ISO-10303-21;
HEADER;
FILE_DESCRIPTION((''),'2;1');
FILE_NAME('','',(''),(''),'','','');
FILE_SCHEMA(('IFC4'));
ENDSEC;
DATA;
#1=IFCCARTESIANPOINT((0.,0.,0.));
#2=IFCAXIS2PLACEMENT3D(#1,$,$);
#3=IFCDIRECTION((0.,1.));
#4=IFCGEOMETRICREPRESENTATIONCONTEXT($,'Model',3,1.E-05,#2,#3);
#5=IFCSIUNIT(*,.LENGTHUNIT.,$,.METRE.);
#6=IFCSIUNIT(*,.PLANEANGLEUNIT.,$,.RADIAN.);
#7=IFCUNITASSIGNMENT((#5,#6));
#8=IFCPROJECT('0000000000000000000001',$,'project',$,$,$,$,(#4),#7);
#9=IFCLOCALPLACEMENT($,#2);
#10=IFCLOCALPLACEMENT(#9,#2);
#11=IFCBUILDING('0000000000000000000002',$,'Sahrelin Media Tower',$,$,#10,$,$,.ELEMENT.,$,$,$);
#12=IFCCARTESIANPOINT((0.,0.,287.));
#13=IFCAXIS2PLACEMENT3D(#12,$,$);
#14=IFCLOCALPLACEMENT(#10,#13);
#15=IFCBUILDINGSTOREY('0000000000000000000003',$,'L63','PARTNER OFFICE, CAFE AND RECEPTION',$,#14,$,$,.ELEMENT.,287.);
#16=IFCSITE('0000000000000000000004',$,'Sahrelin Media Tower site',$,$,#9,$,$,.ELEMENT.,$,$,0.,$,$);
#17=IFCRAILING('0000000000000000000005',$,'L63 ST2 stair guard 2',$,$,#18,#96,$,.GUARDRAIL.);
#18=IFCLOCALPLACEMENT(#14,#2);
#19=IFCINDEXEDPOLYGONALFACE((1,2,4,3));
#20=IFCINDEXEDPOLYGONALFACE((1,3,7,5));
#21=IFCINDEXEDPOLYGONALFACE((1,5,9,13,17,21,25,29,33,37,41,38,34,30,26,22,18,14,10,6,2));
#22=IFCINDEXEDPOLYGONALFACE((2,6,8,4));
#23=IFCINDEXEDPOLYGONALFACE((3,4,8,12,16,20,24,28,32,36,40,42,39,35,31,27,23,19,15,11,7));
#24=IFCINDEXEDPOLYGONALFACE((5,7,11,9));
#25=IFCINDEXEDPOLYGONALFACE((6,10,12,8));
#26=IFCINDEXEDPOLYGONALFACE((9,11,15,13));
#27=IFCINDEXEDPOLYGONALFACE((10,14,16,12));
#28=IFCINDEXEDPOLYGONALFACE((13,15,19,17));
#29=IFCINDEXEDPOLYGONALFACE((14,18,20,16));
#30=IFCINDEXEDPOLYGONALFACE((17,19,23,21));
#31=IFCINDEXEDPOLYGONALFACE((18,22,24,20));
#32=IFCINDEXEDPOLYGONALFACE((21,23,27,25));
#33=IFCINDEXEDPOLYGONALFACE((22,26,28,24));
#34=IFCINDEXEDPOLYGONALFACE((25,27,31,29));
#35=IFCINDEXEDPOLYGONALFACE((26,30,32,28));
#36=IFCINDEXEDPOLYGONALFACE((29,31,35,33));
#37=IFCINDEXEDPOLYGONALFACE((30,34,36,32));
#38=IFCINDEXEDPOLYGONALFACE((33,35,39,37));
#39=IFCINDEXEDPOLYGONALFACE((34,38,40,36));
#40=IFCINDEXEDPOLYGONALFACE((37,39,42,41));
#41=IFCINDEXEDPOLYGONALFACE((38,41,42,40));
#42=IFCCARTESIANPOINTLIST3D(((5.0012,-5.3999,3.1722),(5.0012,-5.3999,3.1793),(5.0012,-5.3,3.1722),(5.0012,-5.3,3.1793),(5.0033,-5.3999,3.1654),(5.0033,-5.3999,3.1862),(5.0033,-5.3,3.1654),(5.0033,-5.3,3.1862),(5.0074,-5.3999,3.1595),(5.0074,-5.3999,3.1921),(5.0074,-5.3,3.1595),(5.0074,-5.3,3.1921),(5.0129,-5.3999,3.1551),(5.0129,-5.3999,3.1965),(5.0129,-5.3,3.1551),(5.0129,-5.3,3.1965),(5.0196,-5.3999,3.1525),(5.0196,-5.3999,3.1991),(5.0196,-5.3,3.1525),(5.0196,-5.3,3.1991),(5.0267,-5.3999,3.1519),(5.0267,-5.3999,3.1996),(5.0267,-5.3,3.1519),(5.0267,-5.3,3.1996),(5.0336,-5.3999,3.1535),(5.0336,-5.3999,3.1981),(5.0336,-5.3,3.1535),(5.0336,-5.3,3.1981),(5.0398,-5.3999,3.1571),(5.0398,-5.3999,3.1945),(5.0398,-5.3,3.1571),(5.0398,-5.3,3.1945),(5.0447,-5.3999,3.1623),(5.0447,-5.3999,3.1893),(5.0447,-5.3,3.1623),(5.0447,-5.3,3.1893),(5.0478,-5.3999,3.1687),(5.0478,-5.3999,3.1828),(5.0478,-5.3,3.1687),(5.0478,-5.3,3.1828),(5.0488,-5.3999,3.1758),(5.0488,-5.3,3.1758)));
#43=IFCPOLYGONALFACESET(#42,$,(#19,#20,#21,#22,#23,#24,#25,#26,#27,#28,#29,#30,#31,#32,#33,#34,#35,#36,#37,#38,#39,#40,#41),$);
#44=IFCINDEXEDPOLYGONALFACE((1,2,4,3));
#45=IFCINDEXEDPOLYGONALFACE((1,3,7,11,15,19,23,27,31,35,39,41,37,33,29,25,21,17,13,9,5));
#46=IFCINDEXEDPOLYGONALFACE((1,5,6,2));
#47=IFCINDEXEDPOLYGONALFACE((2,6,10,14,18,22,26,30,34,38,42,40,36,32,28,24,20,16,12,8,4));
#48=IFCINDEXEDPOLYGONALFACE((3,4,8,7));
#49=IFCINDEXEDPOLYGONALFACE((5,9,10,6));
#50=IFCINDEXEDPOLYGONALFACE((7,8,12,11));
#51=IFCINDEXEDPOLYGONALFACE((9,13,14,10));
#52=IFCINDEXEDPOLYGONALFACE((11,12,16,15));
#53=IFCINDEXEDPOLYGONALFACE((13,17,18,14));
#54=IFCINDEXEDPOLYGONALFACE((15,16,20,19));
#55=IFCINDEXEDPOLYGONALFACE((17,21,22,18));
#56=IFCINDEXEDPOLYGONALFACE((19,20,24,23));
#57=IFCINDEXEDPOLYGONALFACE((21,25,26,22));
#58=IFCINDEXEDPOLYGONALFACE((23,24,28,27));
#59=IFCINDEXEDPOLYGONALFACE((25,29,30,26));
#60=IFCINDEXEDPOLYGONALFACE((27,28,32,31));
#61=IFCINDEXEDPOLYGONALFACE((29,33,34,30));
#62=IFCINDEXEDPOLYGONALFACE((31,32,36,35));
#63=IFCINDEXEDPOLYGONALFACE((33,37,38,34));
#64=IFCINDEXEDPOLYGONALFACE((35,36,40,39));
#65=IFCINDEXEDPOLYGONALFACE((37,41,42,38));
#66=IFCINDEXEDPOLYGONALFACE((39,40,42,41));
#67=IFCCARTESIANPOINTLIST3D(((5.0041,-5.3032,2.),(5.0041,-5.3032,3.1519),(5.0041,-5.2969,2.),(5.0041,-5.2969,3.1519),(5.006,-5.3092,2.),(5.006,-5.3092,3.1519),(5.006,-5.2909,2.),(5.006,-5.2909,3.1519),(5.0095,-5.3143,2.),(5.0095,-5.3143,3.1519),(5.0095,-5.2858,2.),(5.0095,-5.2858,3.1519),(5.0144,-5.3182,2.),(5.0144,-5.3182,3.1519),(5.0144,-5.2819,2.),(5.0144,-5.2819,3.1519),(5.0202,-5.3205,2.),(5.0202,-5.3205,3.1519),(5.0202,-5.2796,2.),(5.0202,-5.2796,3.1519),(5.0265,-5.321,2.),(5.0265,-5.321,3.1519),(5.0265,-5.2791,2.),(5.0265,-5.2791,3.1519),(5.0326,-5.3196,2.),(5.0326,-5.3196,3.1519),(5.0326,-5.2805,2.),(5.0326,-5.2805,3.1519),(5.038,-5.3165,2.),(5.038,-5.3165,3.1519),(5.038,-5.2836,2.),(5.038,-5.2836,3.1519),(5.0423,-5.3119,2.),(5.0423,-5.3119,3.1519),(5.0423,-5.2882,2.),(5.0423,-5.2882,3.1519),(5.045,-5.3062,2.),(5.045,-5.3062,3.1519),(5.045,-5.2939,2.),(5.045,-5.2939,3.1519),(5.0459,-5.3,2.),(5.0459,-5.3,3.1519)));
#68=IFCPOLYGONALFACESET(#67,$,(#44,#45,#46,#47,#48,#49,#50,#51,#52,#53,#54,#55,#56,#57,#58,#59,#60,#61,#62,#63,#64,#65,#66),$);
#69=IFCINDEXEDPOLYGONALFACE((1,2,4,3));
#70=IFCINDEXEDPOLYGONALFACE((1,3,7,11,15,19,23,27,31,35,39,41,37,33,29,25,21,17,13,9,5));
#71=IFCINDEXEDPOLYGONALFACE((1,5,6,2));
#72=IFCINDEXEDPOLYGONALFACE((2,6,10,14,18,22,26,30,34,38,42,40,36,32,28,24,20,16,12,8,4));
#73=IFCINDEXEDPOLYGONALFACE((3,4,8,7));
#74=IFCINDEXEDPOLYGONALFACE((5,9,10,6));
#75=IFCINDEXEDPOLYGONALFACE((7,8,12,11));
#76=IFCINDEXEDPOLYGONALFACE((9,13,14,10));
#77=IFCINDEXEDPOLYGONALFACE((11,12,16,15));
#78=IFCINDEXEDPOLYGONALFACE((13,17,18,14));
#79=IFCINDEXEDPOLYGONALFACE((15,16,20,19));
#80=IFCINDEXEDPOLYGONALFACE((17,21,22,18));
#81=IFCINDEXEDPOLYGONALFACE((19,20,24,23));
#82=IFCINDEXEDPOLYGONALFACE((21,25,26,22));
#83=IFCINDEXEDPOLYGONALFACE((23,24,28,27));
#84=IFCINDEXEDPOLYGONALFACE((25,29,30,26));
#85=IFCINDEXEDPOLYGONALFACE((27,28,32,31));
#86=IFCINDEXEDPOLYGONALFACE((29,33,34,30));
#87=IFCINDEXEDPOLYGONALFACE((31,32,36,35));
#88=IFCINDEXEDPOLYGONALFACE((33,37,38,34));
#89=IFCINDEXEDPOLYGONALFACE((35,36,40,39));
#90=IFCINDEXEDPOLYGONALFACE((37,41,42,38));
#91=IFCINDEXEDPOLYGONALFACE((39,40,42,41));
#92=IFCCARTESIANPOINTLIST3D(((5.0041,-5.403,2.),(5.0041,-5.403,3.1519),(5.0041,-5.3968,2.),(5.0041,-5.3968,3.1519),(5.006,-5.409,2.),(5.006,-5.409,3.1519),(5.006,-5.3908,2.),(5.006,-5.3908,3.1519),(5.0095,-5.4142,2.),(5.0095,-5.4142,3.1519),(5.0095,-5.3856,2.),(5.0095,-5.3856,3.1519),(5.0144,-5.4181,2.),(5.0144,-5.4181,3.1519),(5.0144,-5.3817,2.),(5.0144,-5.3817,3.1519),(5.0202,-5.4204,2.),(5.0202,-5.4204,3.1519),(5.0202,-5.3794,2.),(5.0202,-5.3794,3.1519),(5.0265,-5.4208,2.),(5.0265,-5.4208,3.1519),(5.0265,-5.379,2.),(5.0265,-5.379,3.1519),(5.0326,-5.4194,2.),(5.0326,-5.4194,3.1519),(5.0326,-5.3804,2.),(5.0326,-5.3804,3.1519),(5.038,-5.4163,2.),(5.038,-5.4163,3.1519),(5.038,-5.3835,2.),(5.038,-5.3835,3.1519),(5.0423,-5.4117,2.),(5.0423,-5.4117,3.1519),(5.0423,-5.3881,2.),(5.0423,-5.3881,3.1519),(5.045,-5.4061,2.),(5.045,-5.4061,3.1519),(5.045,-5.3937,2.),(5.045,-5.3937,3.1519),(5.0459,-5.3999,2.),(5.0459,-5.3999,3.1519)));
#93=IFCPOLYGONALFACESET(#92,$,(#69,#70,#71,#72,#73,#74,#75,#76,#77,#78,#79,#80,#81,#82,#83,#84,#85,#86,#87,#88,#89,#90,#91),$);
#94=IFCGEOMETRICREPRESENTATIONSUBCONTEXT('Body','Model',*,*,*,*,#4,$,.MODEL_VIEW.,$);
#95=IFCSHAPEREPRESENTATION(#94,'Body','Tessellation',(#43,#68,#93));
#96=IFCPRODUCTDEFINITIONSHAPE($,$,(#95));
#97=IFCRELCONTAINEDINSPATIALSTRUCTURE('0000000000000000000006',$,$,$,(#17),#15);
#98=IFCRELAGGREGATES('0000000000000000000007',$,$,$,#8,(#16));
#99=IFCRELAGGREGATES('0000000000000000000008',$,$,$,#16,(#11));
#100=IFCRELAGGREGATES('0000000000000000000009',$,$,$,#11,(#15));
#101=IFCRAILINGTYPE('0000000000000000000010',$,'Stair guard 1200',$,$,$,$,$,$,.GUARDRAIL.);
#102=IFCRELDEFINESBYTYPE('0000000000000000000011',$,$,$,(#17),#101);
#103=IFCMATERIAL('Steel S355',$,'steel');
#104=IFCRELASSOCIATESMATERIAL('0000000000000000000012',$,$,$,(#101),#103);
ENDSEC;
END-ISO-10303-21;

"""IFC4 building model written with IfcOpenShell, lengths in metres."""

from ifc_helpers import new_model, si_unit, direction, frame, origin, origin_2d, place, context, subcontext, project, spatial, circle, extrude, material, type_object, element, save


model = new_model("IFC4")

# Units and contexts
model_context = context("Model", 3, precision=1e-05, world=origin(), true_north=direction((0.0, 1.0)))
body_context = subcontext(model_context, "Body", "Model", "MODEL_VIEW")
ifc_project = project(units=[si_unit("LENGTHUNIT", "METRE"), si_unit("PLANEANGLEUNIT", "RADIAN")], contexts=[model_context])

# Site, building, storey
site_placement = place(None, origin())
site = spatial("IfcSite", under=ifc_project, at=site_placement, Name="Sahrelin Media Tower site", CompositionType="ELEMENT", RefElevation=0.0)
building_placement = place(site_placement, origin())
building = spatial("IfcBuilding", under=site, at=building_placement, Name="Sahrelin Media Tower", CompositionType="ELEMENT")
storey_placement = place(building_placement, frame((0.0, 0.0, 287.0)))
storey = spatial("IfcBuildingStorey", under=building, at=storey_placement, Name="L63", Description="PARTNER OFFICE, CAFE AND RECEPTION", CompositionType="ELEMENT", Elevation=287.0)

# Railing
ifc_material_1 = material(Name="Steel S355", Category="steel")
railing_type_1 = type_object("IfcRailingType", Name="Stair guard 1200", PredefinedType="GUARDRAIL", material=ifc_material_1)
railing_1_placement = place(storey_placement, frame((5.0249, -5.3, 2.0)))
element("IfcRailing", 1, at=railing_1_placement, inside=storey, type_object=railing_type_1, Name="L63 ST2 stair guard 2", PredefinedType="GUARDRAIL", context=body_context, shape_type="SweptSolid", body=[
    extrude(circle(Radius=0.0239, at=origin_2d()), frame((0.0, 0.0, 1.1758), z_axis=(0.0, -1.0, 0.0), x_axis=(1.0, 0.0, 0.0)), (0.0, 0.0, 1.0), 0.0999),
    extrude(circle(Radius=0.021, at=origin_2d()), origin(), (0.0, 0.0, 1.0), 1.1519),
    extrude(circle(Radius=0.021, at=origin_2d()), frame((0.0, -0.0999, 0.0)), (0.0, 0.0, 1.0), 1.1519),
])

save(model, "model.ifc")
